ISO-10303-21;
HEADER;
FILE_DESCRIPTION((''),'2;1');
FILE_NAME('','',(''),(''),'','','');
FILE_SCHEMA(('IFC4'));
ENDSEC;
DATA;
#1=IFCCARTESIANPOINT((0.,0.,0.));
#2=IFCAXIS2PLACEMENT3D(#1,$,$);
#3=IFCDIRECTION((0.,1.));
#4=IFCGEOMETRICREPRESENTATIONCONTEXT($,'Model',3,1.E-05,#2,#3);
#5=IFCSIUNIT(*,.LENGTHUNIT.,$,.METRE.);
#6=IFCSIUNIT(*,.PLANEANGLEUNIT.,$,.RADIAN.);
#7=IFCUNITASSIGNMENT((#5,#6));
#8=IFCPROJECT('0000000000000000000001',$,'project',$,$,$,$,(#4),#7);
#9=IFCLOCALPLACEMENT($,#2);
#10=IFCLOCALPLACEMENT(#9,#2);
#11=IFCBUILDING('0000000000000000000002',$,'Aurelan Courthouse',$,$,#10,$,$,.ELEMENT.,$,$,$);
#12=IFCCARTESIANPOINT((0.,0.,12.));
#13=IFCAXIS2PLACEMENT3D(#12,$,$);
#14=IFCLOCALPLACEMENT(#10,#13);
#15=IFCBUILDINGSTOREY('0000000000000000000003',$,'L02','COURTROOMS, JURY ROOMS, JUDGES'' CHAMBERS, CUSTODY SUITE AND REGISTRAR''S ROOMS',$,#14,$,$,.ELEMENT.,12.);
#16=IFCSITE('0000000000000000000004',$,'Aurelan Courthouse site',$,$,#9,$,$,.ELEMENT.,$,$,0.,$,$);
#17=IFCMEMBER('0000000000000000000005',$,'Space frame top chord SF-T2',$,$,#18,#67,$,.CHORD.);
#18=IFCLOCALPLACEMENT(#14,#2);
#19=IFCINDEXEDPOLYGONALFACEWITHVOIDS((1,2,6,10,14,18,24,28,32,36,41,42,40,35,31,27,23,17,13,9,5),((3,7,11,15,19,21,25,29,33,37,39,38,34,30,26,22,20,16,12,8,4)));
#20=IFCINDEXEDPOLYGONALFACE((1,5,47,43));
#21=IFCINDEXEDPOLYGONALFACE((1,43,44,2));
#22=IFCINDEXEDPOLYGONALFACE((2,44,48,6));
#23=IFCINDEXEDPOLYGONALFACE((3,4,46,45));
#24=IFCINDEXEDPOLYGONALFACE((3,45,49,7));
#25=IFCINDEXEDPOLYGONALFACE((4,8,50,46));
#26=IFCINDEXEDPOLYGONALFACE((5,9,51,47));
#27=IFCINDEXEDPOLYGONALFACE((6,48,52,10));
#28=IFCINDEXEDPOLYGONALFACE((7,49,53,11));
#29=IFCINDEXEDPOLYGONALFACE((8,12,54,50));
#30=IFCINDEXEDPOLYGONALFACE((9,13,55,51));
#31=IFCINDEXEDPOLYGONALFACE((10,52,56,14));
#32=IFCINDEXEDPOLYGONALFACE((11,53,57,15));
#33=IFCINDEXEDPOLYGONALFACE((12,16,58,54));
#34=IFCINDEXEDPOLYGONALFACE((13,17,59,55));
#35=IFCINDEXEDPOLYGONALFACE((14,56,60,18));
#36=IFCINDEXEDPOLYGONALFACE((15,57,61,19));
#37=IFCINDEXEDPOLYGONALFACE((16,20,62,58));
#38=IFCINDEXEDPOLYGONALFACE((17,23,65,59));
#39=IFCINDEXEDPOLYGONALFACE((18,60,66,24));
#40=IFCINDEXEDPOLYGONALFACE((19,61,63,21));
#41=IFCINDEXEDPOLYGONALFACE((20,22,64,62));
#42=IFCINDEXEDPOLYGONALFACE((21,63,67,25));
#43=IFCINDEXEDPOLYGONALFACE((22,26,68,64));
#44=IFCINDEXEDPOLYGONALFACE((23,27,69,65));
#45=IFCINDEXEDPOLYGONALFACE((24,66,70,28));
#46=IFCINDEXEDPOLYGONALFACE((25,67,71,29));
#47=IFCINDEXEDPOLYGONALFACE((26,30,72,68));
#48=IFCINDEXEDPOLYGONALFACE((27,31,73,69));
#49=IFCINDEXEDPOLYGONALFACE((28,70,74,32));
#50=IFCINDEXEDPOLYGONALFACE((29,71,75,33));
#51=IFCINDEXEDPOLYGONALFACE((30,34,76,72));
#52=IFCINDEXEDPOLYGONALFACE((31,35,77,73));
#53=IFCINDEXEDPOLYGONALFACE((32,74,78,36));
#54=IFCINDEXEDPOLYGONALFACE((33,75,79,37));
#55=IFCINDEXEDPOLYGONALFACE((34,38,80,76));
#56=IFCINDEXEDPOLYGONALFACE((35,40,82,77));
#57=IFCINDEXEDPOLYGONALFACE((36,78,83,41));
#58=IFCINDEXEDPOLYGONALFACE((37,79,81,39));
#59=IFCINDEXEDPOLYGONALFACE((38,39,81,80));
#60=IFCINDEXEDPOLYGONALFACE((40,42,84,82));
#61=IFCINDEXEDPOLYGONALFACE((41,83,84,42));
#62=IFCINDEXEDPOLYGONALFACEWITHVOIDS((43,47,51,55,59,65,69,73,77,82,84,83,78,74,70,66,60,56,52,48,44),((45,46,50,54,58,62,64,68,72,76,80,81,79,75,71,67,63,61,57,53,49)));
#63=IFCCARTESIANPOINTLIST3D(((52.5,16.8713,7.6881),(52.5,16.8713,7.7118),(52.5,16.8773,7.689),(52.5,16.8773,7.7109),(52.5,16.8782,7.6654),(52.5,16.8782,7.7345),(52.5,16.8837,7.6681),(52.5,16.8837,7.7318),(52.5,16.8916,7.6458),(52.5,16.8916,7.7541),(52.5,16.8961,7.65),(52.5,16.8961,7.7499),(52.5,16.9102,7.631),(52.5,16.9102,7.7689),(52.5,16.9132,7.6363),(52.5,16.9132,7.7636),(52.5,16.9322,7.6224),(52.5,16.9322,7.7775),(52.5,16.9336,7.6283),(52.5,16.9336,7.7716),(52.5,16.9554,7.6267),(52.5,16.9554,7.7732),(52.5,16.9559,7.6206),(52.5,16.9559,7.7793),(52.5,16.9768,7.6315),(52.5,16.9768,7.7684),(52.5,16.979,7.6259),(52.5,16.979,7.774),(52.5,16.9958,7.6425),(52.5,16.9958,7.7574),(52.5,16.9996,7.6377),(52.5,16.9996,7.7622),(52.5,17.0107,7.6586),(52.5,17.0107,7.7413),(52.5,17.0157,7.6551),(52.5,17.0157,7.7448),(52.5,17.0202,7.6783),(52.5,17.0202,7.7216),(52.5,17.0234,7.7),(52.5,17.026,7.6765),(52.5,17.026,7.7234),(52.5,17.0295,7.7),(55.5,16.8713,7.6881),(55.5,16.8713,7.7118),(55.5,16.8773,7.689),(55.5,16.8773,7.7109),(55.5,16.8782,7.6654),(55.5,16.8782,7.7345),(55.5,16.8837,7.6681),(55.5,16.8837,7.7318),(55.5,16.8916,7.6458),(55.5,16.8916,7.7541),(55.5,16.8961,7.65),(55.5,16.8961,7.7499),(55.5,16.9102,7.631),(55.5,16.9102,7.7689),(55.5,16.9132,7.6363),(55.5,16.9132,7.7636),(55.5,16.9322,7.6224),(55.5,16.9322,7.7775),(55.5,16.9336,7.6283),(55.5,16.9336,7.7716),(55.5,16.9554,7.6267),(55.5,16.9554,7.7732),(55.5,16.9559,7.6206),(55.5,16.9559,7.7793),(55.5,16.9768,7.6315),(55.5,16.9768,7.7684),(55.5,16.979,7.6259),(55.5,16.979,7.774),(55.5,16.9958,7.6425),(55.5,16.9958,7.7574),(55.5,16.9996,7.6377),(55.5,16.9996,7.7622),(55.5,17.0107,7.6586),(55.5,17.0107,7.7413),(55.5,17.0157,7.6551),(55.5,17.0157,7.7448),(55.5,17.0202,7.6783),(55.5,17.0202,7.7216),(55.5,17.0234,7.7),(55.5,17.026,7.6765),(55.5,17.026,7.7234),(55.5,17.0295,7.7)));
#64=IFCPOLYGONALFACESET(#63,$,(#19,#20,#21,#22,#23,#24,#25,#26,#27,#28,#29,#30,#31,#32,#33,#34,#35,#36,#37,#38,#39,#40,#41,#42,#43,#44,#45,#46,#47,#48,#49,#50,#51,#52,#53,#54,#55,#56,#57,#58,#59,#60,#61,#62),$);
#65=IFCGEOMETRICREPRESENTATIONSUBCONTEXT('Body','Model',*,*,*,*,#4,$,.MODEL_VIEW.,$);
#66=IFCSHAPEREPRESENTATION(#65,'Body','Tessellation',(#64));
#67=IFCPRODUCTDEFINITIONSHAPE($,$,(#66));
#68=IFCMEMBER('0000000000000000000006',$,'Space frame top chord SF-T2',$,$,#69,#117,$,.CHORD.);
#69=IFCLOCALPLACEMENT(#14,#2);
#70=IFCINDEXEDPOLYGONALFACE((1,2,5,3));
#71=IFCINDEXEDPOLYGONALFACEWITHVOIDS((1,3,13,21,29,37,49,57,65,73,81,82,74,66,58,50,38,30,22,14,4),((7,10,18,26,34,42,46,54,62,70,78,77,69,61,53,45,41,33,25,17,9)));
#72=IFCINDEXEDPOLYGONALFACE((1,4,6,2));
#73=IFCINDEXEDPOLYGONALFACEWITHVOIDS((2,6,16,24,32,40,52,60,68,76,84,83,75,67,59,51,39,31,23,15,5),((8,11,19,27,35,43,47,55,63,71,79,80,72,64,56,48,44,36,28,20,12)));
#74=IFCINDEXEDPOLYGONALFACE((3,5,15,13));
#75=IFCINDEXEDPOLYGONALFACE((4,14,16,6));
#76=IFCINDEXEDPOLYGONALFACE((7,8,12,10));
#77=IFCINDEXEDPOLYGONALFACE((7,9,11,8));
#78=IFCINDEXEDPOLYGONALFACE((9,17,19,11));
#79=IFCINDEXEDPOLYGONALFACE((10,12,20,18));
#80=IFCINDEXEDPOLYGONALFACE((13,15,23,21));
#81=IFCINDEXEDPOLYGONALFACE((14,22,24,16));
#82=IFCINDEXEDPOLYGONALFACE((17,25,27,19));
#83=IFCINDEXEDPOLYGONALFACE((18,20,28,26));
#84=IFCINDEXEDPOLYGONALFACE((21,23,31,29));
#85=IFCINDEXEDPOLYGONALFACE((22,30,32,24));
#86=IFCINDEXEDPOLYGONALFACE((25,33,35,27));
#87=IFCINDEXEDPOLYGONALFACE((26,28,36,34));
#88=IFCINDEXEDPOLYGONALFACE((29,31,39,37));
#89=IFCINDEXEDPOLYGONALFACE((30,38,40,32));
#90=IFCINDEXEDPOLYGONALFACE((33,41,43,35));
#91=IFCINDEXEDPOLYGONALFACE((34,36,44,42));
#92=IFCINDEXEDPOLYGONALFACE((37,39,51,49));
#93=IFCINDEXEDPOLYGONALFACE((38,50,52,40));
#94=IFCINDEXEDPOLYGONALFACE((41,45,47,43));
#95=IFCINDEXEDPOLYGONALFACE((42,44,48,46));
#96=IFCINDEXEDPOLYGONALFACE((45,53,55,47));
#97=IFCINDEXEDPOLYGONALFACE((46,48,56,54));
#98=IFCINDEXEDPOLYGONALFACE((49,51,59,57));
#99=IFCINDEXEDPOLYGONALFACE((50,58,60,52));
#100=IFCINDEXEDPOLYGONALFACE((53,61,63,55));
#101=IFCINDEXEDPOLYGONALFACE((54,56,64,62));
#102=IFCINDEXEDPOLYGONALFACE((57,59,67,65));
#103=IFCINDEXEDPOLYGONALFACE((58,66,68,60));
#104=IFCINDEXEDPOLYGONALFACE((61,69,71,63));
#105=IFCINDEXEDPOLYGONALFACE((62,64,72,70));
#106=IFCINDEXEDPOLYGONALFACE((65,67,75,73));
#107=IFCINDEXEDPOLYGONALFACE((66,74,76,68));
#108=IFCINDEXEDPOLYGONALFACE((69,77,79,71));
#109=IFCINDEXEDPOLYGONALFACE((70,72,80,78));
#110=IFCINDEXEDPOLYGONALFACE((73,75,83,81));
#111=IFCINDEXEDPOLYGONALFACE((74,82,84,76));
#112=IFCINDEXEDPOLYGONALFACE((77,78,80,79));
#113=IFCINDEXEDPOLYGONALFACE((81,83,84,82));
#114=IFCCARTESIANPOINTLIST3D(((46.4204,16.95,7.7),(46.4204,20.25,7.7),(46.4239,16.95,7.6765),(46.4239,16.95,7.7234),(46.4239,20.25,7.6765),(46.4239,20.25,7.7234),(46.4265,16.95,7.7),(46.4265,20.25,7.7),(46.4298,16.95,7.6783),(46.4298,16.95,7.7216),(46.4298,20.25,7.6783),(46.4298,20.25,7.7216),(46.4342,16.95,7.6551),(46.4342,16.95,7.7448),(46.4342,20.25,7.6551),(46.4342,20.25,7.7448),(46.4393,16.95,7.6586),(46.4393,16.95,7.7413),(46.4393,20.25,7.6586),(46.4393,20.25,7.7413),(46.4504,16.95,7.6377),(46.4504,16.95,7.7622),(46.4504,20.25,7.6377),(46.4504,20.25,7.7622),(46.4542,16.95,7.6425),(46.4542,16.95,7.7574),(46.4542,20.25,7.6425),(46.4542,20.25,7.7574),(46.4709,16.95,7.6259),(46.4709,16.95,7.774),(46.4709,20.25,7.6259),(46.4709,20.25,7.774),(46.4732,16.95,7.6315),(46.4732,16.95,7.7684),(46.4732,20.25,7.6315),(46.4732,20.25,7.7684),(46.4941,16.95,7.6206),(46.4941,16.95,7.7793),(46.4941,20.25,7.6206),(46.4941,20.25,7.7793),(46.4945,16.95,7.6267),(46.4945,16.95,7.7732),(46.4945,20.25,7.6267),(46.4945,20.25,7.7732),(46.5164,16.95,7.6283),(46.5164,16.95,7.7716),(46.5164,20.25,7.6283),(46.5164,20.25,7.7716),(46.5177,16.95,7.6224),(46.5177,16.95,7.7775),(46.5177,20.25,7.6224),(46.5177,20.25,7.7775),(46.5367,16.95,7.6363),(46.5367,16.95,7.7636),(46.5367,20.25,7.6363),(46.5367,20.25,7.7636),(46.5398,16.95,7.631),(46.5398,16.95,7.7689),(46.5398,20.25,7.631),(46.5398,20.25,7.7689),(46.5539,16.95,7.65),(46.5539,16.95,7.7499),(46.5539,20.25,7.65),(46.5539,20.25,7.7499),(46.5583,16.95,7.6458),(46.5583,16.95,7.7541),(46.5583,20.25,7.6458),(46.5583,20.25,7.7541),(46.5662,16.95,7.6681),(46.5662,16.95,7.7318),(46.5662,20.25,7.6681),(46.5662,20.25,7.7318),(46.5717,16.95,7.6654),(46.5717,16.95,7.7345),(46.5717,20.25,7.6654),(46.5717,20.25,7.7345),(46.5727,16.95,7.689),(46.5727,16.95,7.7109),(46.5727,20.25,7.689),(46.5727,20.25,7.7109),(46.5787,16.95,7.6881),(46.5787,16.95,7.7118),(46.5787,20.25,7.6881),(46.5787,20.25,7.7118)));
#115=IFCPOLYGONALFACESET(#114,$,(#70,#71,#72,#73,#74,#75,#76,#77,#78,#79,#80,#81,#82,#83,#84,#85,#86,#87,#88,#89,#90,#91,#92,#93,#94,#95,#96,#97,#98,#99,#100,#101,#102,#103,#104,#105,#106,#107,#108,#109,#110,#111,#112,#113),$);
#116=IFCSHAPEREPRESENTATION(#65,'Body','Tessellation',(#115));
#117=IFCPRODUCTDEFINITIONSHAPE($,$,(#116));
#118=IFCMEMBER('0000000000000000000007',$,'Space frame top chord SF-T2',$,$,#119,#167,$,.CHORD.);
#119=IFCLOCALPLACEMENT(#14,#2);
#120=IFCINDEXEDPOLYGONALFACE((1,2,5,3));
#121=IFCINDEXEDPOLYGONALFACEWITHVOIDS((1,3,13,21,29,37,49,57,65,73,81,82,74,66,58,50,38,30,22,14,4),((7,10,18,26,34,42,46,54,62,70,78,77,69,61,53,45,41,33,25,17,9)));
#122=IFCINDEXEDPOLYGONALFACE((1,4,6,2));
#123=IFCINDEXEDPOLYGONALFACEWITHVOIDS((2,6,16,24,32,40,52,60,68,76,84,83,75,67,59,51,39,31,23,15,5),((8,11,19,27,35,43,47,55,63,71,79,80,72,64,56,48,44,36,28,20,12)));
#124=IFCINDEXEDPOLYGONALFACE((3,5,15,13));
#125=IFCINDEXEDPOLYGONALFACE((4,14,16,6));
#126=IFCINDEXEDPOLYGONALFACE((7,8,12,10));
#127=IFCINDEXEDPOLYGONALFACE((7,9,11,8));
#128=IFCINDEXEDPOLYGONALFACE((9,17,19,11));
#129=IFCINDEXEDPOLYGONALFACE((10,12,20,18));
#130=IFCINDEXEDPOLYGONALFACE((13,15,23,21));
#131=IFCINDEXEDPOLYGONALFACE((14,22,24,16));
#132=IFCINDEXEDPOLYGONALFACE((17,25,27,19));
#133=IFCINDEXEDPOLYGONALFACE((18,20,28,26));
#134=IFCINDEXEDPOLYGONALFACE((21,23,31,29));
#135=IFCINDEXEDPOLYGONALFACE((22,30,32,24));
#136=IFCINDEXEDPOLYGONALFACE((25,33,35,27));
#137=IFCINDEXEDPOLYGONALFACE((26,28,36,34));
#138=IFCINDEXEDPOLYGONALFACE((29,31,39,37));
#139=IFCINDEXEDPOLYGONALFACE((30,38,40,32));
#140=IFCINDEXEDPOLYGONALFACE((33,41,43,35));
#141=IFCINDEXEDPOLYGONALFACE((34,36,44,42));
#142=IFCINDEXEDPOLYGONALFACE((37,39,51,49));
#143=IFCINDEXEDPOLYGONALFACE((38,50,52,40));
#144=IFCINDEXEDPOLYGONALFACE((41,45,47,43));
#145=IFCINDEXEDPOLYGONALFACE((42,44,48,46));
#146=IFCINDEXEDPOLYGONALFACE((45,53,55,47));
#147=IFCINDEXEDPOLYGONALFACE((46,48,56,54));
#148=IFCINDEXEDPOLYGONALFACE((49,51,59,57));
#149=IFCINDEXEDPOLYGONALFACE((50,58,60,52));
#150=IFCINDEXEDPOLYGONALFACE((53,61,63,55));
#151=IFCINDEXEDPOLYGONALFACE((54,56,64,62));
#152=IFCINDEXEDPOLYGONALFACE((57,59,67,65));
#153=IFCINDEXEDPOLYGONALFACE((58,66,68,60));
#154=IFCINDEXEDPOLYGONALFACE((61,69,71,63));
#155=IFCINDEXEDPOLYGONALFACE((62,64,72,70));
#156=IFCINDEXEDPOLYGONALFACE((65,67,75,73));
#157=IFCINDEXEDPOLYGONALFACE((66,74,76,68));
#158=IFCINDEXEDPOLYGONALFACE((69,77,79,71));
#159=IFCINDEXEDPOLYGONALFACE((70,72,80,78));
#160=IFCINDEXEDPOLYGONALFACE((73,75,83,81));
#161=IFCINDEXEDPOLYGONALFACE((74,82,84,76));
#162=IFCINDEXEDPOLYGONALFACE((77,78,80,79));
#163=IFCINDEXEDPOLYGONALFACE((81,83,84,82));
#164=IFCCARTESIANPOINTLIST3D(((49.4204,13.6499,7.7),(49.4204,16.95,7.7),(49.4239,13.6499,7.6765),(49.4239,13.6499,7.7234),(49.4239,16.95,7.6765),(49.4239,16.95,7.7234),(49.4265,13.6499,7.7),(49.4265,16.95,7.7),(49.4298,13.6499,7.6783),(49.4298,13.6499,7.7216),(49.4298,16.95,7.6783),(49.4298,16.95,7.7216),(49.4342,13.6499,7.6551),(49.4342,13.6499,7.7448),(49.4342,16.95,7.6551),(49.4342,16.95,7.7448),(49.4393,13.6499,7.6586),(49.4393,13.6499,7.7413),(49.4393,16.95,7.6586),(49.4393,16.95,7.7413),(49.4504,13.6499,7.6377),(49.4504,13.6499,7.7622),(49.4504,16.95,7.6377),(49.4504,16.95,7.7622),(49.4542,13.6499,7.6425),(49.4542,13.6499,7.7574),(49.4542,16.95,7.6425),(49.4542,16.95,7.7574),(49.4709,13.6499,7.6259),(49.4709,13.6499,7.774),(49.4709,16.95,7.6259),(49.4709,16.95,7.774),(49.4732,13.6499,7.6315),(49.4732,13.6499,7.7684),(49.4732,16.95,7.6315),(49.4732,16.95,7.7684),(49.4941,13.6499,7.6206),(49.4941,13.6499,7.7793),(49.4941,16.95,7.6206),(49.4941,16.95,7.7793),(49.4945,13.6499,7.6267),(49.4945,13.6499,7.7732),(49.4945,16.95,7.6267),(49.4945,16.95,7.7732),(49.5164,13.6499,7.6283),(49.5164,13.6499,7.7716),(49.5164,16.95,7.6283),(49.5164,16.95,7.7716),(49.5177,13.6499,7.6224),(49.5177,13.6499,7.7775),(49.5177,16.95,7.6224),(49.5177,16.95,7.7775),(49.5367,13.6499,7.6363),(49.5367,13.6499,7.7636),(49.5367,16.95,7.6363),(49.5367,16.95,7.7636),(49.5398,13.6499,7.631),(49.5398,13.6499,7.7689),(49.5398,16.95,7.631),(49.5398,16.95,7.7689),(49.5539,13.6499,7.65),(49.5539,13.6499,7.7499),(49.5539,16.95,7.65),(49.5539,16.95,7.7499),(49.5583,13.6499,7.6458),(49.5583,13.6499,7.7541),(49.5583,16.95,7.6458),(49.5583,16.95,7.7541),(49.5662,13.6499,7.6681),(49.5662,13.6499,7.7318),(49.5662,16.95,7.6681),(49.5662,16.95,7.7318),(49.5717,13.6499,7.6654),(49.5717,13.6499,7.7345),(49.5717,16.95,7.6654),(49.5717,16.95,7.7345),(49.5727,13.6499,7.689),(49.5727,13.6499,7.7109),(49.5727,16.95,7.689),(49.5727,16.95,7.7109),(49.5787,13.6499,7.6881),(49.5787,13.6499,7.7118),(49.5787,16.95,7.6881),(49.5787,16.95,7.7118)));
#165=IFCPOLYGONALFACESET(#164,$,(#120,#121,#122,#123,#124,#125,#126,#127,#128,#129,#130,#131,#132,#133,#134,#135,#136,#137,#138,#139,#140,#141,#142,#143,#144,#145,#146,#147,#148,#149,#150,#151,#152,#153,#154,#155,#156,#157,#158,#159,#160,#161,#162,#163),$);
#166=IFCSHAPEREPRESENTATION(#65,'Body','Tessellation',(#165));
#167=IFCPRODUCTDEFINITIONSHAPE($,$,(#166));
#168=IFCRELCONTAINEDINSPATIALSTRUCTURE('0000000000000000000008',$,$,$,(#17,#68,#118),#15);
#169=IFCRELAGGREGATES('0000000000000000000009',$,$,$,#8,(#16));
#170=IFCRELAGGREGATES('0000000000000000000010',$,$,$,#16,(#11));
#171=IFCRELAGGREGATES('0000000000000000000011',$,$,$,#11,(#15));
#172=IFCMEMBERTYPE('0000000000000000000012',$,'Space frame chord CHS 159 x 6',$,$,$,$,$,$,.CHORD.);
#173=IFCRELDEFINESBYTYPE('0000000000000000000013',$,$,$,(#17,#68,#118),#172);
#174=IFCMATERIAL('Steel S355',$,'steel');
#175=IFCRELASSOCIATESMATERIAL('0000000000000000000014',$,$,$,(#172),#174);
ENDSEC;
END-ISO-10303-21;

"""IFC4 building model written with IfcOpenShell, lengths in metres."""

from ifc_helpers import new_model, si_unit, direction, frame, origin, origin_2d, place, context, subcontext, project, spatial, hollow_circle, extrude, material, material_profile, profile_set, type_object, element, save


model = new_model("IFC4")

# Units and contexts
model_context = context("Model", 3, precision=1e-05, world=origin(), true_north=direction((0.0, 1.0)))
body_context = subcontext(model_context, "Body", "Model", "MODEL_VIEW")
ifc_project = project(units=[si_unit("LENGTHUNIT", "METRE"), si_unit("PLANEANGLEUNIT", "RADIAN")], contexts=[model_context])

# Site, building, storey
site_placement = place(None, origin())
site = spatial("IfcSite", under=ifc_project, at=site_placement, Name="Aurelan Courthouse site", CompositionType="ELEMENT", RefElevation=0.0)
building_placement = place(site_placement, origin())
building = spatial("IfcBuilding", under=site, at=building_placement, Name="Aurelan Courthouse", CompositionType="ELEMENT")
storey_placement = place(building_placement, frame((0.0, 0.0, 12.0)))
storey = spatial("IfcBuildingStorey", under=building, at=storey_placement, Name="L02", Description="COURTROOMS, JURY ROOMS, JUDGES' CHAMBERS, CUSTODY SUITE AND REGISTRAR'S ROOMS", CompositionType="ELEMENT", Elevation=12.0)

# Members
ifc_material_1 = material(Name="Steel S355", Category="steel")
ifc_material_profile_1 = material_profile(ifc_material_1, hollow_circle(Radius=0.0796, WallThickness=0.0061, at=origin_2d()), Name="CHS 159 x 6")
ifc_profile_set_1 = profile_set([ifc_material_profile_1], Name="Steel S355")
member_type_1 = type_object("IfcMemberType", Name="Space frame chord CHS 159 x 6", PredefinedType="CHORD", material=ifc_profile_set_1)
for number, where, z_axis, x_axis, name in (
    (1, (52.5, 16.95, 7.7), (1.0, 0.0, 0.0), (0.0, 1.0, 0.0), "Space frame top chord SF-T2"),
):
    element("IfcMember", number, at=place(storey_placement, frame(where, z_axis=z_axis, x_axis=x_axis)), inside=storey, type_object=member_type_1, Name=name, PredefinedType="CHORD", context=body_context, shape_type="SweptSolid", body=[
        extrude(hollow_circle(Radius=0.0796, WallThickness=0.0061, at=origin_2d()), origin(), (0.0, 0.0, 1.0), 3.0),
    ])
for number, where, z_axis, x_axis, name in (
    (2, (46.5, 16.95, 7.7), (0.0, 1.0, 0.0), (-1.0, 0.0, 0.0), "Space frame top chord SF-T2"),
    (3, (49.5, 13.6499, 7.7), (0.0, 1.0, 0.0), (-1.0, 0.0, 0.0), "Space frame top chord SF-T2"),
):
    element("IfcMember", number, at=place(storey_placement, frame(where, z_axis=z_axis, x_axis=x_axis)), inside=storey, type_object=member_type_1, Name=name, PredefinedType="CHORD", context=body_context, shape_type="SweptSolid", body=[
        extrude(hollow_circle(Radius=0.0796, WallThickness=0.0061, at=origin_2d()), origin(), (0.0, 0.0, 1.0), 3.3),
    ])

save(model, "model.ifc")
